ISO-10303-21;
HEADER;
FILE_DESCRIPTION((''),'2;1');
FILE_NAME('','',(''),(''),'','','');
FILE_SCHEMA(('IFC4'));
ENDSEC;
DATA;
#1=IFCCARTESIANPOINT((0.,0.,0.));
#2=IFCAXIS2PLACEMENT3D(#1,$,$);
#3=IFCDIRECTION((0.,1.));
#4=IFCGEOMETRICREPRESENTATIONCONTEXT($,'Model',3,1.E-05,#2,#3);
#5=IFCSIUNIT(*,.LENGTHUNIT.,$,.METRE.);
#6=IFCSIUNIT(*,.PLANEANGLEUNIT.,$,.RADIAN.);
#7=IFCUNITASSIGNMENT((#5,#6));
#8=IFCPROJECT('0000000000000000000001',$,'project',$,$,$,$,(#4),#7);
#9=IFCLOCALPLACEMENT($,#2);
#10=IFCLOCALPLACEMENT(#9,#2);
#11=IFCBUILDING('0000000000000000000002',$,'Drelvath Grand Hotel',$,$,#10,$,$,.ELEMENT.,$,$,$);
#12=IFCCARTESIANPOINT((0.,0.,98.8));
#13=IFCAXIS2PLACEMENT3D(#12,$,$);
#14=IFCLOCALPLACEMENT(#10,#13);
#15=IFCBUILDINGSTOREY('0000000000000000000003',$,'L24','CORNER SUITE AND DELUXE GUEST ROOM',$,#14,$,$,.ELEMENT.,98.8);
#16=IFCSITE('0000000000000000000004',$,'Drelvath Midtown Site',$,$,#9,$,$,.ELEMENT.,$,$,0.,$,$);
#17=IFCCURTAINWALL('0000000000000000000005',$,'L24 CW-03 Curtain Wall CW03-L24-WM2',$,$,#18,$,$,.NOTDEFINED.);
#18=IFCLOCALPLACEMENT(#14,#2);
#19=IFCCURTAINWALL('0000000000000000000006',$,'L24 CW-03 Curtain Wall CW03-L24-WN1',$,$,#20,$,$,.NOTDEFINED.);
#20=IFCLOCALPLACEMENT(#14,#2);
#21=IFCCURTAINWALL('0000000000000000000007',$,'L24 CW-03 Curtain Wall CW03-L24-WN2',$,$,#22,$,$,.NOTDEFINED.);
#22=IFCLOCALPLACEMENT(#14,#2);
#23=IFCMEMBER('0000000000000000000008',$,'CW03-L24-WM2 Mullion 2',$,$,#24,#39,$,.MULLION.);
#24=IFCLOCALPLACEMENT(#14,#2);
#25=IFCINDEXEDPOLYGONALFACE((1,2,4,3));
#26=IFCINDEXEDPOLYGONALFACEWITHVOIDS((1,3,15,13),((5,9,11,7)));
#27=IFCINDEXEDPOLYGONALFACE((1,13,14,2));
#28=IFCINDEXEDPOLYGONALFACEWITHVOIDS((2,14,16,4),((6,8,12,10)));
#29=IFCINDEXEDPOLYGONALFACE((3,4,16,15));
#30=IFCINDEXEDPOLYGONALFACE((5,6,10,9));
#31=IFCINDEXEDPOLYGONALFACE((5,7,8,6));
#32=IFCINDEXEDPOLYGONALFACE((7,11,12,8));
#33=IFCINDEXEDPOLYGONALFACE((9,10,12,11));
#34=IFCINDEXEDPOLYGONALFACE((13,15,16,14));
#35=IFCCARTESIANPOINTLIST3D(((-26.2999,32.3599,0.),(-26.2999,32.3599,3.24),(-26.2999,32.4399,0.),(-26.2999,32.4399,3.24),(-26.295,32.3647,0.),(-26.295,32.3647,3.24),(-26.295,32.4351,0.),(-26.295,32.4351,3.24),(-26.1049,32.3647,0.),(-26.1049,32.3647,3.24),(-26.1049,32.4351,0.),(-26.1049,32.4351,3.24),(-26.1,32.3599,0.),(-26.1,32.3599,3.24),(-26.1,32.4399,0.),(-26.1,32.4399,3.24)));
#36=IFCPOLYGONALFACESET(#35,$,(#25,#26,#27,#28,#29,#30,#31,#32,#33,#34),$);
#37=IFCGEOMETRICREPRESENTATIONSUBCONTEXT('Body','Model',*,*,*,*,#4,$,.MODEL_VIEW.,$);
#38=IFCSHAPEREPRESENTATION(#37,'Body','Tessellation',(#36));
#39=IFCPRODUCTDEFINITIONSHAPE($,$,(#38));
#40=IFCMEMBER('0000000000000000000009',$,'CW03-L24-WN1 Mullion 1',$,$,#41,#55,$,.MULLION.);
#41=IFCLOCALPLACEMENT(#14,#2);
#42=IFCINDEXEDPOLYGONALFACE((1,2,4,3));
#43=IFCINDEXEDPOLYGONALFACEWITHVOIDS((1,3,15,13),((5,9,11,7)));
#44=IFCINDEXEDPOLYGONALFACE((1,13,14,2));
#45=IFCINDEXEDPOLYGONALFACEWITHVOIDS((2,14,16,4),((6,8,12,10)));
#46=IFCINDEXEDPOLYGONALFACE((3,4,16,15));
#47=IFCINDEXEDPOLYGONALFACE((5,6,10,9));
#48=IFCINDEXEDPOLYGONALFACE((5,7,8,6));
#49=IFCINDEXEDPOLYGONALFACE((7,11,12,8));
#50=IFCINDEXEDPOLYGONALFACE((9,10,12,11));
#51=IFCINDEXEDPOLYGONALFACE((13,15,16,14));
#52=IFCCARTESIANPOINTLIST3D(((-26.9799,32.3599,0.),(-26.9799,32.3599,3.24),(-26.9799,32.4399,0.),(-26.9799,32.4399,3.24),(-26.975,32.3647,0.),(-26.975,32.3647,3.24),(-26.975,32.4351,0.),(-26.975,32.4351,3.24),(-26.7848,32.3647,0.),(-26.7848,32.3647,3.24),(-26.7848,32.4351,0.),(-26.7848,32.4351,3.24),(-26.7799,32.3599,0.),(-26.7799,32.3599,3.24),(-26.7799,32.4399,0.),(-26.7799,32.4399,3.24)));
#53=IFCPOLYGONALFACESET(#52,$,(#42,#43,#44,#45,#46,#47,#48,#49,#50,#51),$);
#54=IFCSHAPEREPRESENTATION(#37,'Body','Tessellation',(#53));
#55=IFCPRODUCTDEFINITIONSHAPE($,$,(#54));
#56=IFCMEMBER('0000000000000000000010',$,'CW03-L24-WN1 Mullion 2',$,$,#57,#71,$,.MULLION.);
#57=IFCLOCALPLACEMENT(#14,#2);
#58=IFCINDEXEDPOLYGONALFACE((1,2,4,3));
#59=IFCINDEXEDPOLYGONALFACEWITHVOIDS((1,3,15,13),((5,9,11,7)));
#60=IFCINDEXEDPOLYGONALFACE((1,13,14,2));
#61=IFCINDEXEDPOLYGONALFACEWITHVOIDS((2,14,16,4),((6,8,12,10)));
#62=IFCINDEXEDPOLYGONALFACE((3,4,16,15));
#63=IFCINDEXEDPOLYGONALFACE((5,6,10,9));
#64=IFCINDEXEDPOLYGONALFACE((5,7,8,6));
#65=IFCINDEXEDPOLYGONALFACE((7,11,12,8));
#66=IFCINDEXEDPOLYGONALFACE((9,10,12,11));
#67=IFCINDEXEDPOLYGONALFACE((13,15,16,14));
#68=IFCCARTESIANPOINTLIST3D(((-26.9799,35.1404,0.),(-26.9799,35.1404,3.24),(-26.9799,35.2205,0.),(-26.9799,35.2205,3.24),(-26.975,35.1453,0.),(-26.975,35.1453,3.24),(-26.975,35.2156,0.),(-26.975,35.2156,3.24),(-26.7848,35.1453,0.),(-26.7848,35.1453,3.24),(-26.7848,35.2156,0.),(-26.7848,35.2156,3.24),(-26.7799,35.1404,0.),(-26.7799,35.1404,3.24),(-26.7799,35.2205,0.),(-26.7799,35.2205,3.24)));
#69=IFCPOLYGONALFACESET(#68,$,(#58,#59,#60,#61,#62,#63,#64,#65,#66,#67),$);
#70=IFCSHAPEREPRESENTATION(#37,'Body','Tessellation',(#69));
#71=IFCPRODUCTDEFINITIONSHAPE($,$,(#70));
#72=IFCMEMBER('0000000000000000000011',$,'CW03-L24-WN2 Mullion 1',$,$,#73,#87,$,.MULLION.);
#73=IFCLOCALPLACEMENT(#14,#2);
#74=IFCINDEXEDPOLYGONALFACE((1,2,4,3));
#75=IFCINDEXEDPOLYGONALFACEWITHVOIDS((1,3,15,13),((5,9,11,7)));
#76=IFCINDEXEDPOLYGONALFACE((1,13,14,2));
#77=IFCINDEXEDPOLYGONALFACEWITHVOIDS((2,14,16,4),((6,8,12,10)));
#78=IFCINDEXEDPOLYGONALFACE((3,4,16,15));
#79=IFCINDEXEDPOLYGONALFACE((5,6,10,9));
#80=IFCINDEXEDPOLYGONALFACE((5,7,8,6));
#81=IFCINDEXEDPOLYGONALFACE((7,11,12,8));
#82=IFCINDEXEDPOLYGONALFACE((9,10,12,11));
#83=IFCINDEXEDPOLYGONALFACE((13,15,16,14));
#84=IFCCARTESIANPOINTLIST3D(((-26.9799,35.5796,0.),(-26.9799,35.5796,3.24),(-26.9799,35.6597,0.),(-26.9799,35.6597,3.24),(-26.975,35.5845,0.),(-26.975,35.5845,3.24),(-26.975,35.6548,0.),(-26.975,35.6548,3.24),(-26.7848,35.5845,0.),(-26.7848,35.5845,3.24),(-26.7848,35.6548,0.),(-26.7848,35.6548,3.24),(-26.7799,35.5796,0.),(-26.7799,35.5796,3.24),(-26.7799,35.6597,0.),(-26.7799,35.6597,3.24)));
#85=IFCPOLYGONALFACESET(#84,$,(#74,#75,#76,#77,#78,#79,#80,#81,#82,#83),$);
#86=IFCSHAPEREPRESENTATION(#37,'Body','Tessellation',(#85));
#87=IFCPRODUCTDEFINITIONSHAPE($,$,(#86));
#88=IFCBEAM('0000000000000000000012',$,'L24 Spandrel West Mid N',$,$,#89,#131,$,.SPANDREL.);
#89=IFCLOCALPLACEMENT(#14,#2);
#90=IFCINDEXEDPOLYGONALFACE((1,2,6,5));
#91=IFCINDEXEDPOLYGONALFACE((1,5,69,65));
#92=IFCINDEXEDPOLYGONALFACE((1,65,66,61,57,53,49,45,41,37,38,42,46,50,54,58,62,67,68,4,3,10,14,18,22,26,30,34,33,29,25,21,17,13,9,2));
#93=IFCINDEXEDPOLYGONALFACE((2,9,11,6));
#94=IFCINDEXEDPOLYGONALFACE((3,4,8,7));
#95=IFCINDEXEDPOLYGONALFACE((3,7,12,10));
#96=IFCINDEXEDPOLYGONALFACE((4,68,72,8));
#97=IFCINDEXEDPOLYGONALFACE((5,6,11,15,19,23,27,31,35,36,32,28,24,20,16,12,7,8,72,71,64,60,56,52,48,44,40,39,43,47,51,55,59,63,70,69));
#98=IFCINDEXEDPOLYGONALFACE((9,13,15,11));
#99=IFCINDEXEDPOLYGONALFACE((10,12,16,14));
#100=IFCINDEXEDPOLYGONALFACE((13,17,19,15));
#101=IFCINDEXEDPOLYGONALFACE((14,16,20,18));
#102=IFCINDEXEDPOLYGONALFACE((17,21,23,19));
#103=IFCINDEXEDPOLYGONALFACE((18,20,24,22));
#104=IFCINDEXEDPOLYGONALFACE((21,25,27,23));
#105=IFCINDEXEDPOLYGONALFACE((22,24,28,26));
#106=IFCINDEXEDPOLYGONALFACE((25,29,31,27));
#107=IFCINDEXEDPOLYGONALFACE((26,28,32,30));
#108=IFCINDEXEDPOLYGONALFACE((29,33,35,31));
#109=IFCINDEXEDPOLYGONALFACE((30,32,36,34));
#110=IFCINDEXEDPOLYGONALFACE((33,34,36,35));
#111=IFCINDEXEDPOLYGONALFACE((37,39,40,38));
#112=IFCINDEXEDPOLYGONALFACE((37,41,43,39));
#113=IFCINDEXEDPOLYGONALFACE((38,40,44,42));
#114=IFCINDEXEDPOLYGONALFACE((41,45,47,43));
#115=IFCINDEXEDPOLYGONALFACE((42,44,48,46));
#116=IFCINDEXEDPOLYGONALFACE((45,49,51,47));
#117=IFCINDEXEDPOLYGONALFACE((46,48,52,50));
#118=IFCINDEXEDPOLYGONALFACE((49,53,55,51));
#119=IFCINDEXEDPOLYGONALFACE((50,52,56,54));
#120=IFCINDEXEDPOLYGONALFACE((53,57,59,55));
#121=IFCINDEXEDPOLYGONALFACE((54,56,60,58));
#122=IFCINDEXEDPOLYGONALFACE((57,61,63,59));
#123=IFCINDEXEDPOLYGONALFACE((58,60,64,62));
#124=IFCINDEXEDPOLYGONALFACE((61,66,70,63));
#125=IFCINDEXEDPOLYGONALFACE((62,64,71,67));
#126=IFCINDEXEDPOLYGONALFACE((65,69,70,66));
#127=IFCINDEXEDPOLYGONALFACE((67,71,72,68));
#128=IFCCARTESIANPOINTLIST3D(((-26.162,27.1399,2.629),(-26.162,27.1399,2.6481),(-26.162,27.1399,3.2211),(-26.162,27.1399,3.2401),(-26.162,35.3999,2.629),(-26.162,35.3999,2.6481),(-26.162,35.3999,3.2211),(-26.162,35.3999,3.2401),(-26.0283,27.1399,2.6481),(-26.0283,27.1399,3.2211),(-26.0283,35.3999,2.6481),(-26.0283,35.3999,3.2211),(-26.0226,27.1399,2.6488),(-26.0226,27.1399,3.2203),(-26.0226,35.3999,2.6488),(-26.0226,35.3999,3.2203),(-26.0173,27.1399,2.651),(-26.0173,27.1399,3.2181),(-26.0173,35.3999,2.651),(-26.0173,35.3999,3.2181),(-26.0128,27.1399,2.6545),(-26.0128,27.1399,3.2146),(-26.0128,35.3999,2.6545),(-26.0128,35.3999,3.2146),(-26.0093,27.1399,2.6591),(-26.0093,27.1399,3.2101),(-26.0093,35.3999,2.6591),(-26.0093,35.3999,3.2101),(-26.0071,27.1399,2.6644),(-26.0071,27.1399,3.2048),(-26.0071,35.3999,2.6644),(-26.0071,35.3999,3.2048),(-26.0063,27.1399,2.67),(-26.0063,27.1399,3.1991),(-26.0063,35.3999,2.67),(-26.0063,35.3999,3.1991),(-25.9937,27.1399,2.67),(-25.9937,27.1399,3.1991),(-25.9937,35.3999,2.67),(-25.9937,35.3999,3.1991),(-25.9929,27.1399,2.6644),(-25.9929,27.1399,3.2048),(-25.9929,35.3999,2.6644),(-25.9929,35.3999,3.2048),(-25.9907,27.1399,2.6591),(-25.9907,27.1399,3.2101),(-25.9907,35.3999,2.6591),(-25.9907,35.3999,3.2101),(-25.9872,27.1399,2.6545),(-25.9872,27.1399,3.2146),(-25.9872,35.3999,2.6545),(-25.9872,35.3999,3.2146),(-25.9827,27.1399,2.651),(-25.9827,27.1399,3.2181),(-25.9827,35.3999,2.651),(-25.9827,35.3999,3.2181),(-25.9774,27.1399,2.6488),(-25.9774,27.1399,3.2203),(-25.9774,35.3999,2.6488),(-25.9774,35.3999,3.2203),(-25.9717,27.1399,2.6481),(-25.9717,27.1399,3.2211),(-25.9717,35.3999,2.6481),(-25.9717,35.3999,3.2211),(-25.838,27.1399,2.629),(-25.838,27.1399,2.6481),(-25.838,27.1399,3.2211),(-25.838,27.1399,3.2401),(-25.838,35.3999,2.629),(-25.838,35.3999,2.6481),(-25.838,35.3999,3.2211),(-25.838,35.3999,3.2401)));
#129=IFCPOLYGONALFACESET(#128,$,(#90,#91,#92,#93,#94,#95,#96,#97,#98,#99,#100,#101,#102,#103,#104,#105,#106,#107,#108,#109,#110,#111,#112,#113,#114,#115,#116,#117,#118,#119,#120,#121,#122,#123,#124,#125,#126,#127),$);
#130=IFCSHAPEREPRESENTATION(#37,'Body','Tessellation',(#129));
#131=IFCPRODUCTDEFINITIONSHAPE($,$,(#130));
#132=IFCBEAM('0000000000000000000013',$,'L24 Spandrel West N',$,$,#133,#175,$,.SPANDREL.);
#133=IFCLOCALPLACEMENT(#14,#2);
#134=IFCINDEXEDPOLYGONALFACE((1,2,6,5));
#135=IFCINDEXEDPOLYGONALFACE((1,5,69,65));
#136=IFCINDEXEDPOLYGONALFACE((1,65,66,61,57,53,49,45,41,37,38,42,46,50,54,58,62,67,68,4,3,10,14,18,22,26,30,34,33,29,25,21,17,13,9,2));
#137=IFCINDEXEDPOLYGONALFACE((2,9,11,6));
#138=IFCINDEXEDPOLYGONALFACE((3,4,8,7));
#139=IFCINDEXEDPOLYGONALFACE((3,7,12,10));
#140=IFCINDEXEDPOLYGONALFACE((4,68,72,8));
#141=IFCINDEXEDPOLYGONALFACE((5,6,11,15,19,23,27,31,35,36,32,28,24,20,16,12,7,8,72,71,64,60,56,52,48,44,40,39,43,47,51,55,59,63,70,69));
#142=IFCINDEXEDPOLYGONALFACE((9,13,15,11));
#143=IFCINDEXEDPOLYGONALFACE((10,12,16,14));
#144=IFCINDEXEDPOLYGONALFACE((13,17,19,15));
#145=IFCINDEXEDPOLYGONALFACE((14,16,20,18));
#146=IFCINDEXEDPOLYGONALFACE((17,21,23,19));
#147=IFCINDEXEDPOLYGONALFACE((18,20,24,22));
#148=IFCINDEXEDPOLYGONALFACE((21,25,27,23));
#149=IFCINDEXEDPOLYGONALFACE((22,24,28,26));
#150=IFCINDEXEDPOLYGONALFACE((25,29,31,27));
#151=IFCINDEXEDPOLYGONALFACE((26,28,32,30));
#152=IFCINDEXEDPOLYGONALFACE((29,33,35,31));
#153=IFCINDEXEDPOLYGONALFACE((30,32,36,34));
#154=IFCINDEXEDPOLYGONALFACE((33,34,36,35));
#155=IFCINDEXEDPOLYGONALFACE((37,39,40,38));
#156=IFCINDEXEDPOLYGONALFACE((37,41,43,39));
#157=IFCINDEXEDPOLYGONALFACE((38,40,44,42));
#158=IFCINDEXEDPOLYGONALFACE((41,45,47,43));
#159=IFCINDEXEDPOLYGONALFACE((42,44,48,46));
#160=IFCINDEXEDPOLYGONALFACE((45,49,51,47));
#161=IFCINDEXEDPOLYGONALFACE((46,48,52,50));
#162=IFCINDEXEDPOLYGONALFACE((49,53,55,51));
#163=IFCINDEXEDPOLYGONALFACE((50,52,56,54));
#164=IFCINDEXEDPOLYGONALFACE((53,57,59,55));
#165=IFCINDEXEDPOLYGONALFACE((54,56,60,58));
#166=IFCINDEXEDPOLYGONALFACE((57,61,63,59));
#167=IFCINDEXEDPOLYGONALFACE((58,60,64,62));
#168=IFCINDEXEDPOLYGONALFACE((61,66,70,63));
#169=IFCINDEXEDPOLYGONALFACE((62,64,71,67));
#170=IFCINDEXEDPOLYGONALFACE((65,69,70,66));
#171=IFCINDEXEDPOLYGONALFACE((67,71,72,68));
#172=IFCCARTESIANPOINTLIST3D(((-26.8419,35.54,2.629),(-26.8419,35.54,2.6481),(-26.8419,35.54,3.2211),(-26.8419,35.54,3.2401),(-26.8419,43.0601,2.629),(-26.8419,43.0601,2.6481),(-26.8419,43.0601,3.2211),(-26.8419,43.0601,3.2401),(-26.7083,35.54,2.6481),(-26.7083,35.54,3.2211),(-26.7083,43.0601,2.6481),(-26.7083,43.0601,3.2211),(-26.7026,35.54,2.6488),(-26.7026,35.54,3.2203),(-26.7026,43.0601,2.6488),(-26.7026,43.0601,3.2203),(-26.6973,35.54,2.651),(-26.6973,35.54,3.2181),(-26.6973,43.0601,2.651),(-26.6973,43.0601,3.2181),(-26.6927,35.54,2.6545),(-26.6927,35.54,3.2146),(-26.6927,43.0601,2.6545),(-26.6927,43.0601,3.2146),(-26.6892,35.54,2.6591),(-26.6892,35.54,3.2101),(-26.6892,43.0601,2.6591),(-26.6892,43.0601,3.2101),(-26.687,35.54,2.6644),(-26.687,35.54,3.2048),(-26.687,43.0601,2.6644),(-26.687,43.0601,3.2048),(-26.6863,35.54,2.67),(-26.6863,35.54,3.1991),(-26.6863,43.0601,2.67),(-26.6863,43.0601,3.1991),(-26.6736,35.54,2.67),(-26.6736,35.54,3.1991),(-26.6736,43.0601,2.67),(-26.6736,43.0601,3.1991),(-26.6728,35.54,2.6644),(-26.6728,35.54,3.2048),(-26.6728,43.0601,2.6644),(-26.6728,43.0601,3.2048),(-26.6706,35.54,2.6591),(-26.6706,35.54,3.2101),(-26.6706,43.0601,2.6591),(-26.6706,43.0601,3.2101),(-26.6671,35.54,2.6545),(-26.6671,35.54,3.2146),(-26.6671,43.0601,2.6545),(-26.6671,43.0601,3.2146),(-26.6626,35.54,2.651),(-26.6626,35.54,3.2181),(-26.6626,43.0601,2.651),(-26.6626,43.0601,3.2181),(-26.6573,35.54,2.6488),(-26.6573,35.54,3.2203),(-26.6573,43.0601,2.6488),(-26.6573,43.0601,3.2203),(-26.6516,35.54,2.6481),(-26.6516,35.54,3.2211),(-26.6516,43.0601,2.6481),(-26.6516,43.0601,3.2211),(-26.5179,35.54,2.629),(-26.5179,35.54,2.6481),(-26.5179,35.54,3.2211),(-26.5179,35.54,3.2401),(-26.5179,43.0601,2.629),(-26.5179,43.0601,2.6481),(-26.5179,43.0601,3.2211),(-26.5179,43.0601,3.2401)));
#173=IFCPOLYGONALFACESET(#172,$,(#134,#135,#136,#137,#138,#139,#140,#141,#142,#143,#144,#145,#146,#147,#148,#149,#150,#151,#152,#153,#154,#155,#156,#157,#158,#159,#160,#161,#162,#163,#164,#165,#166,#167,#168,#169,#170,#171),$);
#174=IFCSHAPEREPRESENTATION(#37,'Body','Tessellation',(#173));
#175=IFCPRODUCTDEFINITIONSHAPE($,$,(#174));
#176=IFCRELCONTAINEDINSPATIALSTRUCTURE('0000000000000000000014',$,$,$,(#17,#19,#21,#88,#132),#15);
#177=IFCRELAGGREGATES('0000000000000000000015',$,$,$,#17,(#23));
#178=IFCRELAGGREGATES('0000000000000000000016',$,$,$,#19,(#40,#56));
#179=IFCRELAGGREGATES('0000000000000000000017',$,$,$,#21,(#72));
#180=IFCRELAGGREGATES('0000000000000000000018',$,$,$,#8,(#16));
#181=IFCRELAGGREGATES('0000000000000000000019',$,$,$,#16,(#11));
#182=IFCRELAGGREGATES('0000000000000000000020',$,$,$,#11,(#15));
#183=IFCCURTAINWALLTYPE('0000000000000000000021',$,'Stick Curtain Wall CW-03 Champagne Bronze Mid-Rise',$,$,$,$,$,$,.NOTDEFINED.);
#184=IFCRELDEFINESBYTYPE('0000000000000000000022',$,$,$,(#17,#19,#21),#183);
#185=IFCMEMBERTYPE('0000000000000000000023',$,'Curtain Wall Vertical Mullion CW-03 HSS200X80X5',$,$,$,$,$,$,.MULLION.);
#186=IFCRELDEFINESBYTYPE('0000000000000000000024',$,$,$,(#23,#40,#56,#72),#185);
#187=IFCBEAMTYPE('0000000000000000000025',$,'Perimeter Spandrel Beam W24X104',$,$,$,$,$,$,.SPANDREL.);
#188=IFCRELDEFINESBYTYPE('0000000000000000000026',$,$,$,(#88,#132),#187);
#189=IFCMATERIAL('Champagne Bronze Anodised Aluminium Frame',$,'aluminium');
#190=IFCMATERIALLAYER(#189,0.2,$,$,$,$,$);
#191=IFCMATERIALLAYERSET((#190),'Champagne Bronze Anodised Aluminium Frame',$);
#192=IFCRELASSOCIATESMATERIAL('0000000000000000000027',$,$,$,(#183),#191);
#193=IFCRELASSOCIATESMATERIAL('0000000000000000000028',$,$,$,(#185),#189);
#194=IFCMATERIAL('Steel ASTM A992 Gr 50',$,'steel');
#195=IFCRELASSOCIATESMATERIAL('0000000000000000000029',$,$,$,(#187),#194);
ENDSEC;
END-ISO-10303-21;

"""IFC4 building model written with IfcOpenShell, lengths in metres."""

from ifc_helpers import new_model, si_unit, direction, frame, origin, origin_2d, place, context, subcontext, project, spatial, hollow_rectangle, i_section, extrude, material, layer, layer_set, material_profile, profile_set, type_object, element, aggregate, save


model = new_model("IFC4")

# Units and contexts
model_context = context("Model", 3, precision=1e-05, world=origin(), true_north=direction((0.0, 1.0)))
body_context = subcontext(model_context, "Body", "Model", "MODEL_VIEW")
ifc_project = project(units=[si_unit("LENGTHUNIT", "METRE"), si_unit("PLANEANGLEUNIT", "RADIAN")], contexts=[model_context])

# Site, building, storey
site_placement = place(None, origin())
site = spatial("IfcSite", under=ifc_project, at=site_placement, Name="Drelvath Midtown Site", CompositionType="ELEMENT", RefElevation=0.0)
building_placement = place(site_placement, origin())
building = spatial("IfcBuilding", under=site, at=building_placement, Name="Drelvath Grand Hotel", CompositionType="ELEMENT")
storey_placement = place(building_placement, frame((0.0, 0.0, 98.8)))
storey = spatial("IfcBuildingStorey", under=building, at=storey_placement, Name="L24", Description="CORNER SUITE AND DELUXE GUEST ROOM", CompositionType="ELEMENT", Elevation=98.8)

# Curtain walls
ifc_material_1 = material(Name="Champagne Bronze Anodised Aluminium Frame", Category="aluminium")
ifc_layer_1 = layer(ifc_material_1, 0.2)
ifc_layer_set_1 = layer_set([ifc_layer_1], Name="Champagne Bronze Anodised Aluminium Frame")
curtain_wall_type = type_object("IfcCurtainWallType", Name="Stick Curtain Wall CW-03 Champagne Bronze Mid-Rise", PredefinedType="NOTDEFINED", material=ifc_layer_set_1)
curtain_wall_1_placement = place(storey_placement, origin())
curtain_wall_1 = element("IfcCurtainWall", 1, at=curtain_wall_1_placement, inside=storey, type_object=curtain_wall_type, Name="L24 CW-03 Curtain Wall CW03-L24-WM2", PredefinedType="NOTDEFINED")
curtain_wall_2_placement = place(storey_placement, origin())
curtain_wall_2 = element("IfcCurtainWall", 2, at=curtain_wall_2_placement, inside=storey, type_object=curtain_wall_type, Name="L24 CW-03 Curtain Wall CW03-L24-WN1", PredefinedType="NOTDEFINED")
curtain_wall_3_placement = place(storey_placement, origin())
curtain_wall_3 = element("IfcCurtainWall", 3, at=curtain_wall_3_placement, inside=storey, type_object=curtain_wall_type, Name="L24 CW-03 Curtain Wall CW03-L24-WN2", PredefinedType="NOTDEFINED")
ifc_material_profile_1 = material_profile(ifc_material_1, hollow_rectangle(XDim=0.0801, YDim=0.2, WallThickness=0.0049, at=origin_2d()), Name="HSS200X80X5")
ifc_profile_set_1 = profile_set([ifc_material_profile_1], Name="Champagne Bronze Anodised Aluminium Frame")
member_type_1 = type_object("IfcMemberType", Name="Curtain Wall Vertical Mullion CW-03 HSS200X80X5", PredefinedType="MULLION", material=ifc_profile_set_1)

# Members
member_1_placement = place(storey_placement, frame((-26.2, 32.3999, 0.0), z_axis=(0.0, 0.0, 1.0), x_axis=(0.0, 1.0, 0.0)))
member_1 = element("IfcMember", 4, at=member_1_placement, type_object=member_type_1, Name="CW03-L24-WM2 Mullion 2", PredefinedType="MULLION", context=body_context, shape_type="SweptSolid", body=[
    extrude(hollow_rectangle(XDim=0.0801, YDim=0.2, WallThickness=0.0049, at=origin_2d()), origin(), (0.0, 0.0, 1.0), 3.24),
])
member_2_placement = place(storey_placement, frame((-26.8799, 32.3999, 0.0), z_axis=(0.0, 0.0, 1.0), x_axis=(0.0, 1.0, 0.0)))
member_2 = element("IfcMember", 5, at=member_2_placement, type_object=member_type_1, Name="CW03-L24-WN1 Mullion 1", PredefinedType="MULLION", context=body_context, shape_type="SweptSolid", body=[
    extrude(hollow_rectangle(XDim=0.0801, YDim=0.2, WallThickness=0.0049, at=origin_2d()), origin(), (0.0, 0.0, 1.0), 3.24),
])
member_3_placement = place(storey_placement, frame((-26.8799, 35.1804, 0.0), z_axis=(0.0, 0.0, 1.0), x_axis=(0.0, 1.0, 0.0)))
member_3 = element("IfcMember", 6, at=member_3_placement, type_object=member_type_1, Name="CW03-L24-WN1 Mullion 2", PredefinedType="MULLION", context=body_context, shape_type="SweptSolid", body=[
    extrude(hollow_rectangle(XDim=0.0801, YDim=0.2, WallThickness=0.0049, at=origin_2d()), origin(), (0.0, 0.0, 1.0), 3.24),
])
member_4_placement = place(storey_placement, frame((-26.8799, 35.6196, 0.0), z_axis=(0.0, 0.0, 1.0), x_axis=(0.0, 1.0, 0.0)))
member_4 = element("IfcMember", 7, at=member_4_placement, type_object=member_type_1, Name="CW03-L24-WN2 Mullion 1", PredefinedType="MULLION", context=body_context, shape_type="SweptSolid", body=[
    extrude(hollow_rectangle(XDim=0.0801, YDim=0.2, WallThickness=0.0049, at=origin_2d()), origin(), (0.0, 0.0, 1.0), 3.24),
])

# Beams
ifc_material_2 = material(Name="Steel ASTM A992 Gr 50", Category="steel")
ifc_material_profile_2 = material_profile(ifc_material_2, i_section(OverallWidth=0.324, OverallDepth=0.6111, WebThickness=0.0127, FlangeThickness=0.019, FilletRadius=0.022, at=origin_2d()), Name="W24X104")
ifc_profile_set_2 = profile_set([ifc_material_profile_2], Name="Steel ASTM A992 Gr 50")
beam_type_1 = type_object("IfcBeamType", Name="Perimeter Spandrel Beam W24X104", PredefinedType="SPANDREL", material=ifc_profile_set_2)
beam_1_placement = place(storey_placement, frame((-26.0, 27.1399, 2.9346), z_axis=(0.0, 1.0, 0.0), x_axis=(-1.0, 0.0, 0.0)))
element("IfcBeam", 8, at=beam_1_placement, inside=storey, type_object=beam_type_1, Name="L24 Spandrel West Mid N", PredefinedType="SPANDREL", context=body_context, shape_type="SweptSolid", body=[
    extrude(i_section(OverallWidth=0.324, OverallDepth=0.6111, WebThickness=0.0127, FlangeThickness=0.019, FilletRadius=0.022, at=origin_2d()), origin(), (0.0, 0.0, 1.0), 8.26),
])
beam_2_placement = place(storey_placement, frame((-26.6799, 35.54, 2.9346), z_axis=(0.0, 1.0, 0.0), x_axis=(-1.0, 0.0, 0.0)))
element("IfcBeam", 9, at=beam_2_placement, inside=storey, type_object=beam_type_1, Name="L24 Spandrel West N", PredefinedType="SPANDREL", context=body_context, shape_type="SweptSolid", body=[
    extrude(i_section(OverallWidth=0.324, OverallDepth=0.6111, WebThickness=0.0127, FlangeThickness=0.019, FilletRadius=0.022, at=origin_2d()), origin(), (0.0, 0.0, 1.0), 7.52),
])

aggregate(curtain_wall_1, [member_1])
aggregate(curtain_wall_2, [member_2, member_3])
aggregate(curtain_wall_3, [member_4])

save(model, "model.ifc")
